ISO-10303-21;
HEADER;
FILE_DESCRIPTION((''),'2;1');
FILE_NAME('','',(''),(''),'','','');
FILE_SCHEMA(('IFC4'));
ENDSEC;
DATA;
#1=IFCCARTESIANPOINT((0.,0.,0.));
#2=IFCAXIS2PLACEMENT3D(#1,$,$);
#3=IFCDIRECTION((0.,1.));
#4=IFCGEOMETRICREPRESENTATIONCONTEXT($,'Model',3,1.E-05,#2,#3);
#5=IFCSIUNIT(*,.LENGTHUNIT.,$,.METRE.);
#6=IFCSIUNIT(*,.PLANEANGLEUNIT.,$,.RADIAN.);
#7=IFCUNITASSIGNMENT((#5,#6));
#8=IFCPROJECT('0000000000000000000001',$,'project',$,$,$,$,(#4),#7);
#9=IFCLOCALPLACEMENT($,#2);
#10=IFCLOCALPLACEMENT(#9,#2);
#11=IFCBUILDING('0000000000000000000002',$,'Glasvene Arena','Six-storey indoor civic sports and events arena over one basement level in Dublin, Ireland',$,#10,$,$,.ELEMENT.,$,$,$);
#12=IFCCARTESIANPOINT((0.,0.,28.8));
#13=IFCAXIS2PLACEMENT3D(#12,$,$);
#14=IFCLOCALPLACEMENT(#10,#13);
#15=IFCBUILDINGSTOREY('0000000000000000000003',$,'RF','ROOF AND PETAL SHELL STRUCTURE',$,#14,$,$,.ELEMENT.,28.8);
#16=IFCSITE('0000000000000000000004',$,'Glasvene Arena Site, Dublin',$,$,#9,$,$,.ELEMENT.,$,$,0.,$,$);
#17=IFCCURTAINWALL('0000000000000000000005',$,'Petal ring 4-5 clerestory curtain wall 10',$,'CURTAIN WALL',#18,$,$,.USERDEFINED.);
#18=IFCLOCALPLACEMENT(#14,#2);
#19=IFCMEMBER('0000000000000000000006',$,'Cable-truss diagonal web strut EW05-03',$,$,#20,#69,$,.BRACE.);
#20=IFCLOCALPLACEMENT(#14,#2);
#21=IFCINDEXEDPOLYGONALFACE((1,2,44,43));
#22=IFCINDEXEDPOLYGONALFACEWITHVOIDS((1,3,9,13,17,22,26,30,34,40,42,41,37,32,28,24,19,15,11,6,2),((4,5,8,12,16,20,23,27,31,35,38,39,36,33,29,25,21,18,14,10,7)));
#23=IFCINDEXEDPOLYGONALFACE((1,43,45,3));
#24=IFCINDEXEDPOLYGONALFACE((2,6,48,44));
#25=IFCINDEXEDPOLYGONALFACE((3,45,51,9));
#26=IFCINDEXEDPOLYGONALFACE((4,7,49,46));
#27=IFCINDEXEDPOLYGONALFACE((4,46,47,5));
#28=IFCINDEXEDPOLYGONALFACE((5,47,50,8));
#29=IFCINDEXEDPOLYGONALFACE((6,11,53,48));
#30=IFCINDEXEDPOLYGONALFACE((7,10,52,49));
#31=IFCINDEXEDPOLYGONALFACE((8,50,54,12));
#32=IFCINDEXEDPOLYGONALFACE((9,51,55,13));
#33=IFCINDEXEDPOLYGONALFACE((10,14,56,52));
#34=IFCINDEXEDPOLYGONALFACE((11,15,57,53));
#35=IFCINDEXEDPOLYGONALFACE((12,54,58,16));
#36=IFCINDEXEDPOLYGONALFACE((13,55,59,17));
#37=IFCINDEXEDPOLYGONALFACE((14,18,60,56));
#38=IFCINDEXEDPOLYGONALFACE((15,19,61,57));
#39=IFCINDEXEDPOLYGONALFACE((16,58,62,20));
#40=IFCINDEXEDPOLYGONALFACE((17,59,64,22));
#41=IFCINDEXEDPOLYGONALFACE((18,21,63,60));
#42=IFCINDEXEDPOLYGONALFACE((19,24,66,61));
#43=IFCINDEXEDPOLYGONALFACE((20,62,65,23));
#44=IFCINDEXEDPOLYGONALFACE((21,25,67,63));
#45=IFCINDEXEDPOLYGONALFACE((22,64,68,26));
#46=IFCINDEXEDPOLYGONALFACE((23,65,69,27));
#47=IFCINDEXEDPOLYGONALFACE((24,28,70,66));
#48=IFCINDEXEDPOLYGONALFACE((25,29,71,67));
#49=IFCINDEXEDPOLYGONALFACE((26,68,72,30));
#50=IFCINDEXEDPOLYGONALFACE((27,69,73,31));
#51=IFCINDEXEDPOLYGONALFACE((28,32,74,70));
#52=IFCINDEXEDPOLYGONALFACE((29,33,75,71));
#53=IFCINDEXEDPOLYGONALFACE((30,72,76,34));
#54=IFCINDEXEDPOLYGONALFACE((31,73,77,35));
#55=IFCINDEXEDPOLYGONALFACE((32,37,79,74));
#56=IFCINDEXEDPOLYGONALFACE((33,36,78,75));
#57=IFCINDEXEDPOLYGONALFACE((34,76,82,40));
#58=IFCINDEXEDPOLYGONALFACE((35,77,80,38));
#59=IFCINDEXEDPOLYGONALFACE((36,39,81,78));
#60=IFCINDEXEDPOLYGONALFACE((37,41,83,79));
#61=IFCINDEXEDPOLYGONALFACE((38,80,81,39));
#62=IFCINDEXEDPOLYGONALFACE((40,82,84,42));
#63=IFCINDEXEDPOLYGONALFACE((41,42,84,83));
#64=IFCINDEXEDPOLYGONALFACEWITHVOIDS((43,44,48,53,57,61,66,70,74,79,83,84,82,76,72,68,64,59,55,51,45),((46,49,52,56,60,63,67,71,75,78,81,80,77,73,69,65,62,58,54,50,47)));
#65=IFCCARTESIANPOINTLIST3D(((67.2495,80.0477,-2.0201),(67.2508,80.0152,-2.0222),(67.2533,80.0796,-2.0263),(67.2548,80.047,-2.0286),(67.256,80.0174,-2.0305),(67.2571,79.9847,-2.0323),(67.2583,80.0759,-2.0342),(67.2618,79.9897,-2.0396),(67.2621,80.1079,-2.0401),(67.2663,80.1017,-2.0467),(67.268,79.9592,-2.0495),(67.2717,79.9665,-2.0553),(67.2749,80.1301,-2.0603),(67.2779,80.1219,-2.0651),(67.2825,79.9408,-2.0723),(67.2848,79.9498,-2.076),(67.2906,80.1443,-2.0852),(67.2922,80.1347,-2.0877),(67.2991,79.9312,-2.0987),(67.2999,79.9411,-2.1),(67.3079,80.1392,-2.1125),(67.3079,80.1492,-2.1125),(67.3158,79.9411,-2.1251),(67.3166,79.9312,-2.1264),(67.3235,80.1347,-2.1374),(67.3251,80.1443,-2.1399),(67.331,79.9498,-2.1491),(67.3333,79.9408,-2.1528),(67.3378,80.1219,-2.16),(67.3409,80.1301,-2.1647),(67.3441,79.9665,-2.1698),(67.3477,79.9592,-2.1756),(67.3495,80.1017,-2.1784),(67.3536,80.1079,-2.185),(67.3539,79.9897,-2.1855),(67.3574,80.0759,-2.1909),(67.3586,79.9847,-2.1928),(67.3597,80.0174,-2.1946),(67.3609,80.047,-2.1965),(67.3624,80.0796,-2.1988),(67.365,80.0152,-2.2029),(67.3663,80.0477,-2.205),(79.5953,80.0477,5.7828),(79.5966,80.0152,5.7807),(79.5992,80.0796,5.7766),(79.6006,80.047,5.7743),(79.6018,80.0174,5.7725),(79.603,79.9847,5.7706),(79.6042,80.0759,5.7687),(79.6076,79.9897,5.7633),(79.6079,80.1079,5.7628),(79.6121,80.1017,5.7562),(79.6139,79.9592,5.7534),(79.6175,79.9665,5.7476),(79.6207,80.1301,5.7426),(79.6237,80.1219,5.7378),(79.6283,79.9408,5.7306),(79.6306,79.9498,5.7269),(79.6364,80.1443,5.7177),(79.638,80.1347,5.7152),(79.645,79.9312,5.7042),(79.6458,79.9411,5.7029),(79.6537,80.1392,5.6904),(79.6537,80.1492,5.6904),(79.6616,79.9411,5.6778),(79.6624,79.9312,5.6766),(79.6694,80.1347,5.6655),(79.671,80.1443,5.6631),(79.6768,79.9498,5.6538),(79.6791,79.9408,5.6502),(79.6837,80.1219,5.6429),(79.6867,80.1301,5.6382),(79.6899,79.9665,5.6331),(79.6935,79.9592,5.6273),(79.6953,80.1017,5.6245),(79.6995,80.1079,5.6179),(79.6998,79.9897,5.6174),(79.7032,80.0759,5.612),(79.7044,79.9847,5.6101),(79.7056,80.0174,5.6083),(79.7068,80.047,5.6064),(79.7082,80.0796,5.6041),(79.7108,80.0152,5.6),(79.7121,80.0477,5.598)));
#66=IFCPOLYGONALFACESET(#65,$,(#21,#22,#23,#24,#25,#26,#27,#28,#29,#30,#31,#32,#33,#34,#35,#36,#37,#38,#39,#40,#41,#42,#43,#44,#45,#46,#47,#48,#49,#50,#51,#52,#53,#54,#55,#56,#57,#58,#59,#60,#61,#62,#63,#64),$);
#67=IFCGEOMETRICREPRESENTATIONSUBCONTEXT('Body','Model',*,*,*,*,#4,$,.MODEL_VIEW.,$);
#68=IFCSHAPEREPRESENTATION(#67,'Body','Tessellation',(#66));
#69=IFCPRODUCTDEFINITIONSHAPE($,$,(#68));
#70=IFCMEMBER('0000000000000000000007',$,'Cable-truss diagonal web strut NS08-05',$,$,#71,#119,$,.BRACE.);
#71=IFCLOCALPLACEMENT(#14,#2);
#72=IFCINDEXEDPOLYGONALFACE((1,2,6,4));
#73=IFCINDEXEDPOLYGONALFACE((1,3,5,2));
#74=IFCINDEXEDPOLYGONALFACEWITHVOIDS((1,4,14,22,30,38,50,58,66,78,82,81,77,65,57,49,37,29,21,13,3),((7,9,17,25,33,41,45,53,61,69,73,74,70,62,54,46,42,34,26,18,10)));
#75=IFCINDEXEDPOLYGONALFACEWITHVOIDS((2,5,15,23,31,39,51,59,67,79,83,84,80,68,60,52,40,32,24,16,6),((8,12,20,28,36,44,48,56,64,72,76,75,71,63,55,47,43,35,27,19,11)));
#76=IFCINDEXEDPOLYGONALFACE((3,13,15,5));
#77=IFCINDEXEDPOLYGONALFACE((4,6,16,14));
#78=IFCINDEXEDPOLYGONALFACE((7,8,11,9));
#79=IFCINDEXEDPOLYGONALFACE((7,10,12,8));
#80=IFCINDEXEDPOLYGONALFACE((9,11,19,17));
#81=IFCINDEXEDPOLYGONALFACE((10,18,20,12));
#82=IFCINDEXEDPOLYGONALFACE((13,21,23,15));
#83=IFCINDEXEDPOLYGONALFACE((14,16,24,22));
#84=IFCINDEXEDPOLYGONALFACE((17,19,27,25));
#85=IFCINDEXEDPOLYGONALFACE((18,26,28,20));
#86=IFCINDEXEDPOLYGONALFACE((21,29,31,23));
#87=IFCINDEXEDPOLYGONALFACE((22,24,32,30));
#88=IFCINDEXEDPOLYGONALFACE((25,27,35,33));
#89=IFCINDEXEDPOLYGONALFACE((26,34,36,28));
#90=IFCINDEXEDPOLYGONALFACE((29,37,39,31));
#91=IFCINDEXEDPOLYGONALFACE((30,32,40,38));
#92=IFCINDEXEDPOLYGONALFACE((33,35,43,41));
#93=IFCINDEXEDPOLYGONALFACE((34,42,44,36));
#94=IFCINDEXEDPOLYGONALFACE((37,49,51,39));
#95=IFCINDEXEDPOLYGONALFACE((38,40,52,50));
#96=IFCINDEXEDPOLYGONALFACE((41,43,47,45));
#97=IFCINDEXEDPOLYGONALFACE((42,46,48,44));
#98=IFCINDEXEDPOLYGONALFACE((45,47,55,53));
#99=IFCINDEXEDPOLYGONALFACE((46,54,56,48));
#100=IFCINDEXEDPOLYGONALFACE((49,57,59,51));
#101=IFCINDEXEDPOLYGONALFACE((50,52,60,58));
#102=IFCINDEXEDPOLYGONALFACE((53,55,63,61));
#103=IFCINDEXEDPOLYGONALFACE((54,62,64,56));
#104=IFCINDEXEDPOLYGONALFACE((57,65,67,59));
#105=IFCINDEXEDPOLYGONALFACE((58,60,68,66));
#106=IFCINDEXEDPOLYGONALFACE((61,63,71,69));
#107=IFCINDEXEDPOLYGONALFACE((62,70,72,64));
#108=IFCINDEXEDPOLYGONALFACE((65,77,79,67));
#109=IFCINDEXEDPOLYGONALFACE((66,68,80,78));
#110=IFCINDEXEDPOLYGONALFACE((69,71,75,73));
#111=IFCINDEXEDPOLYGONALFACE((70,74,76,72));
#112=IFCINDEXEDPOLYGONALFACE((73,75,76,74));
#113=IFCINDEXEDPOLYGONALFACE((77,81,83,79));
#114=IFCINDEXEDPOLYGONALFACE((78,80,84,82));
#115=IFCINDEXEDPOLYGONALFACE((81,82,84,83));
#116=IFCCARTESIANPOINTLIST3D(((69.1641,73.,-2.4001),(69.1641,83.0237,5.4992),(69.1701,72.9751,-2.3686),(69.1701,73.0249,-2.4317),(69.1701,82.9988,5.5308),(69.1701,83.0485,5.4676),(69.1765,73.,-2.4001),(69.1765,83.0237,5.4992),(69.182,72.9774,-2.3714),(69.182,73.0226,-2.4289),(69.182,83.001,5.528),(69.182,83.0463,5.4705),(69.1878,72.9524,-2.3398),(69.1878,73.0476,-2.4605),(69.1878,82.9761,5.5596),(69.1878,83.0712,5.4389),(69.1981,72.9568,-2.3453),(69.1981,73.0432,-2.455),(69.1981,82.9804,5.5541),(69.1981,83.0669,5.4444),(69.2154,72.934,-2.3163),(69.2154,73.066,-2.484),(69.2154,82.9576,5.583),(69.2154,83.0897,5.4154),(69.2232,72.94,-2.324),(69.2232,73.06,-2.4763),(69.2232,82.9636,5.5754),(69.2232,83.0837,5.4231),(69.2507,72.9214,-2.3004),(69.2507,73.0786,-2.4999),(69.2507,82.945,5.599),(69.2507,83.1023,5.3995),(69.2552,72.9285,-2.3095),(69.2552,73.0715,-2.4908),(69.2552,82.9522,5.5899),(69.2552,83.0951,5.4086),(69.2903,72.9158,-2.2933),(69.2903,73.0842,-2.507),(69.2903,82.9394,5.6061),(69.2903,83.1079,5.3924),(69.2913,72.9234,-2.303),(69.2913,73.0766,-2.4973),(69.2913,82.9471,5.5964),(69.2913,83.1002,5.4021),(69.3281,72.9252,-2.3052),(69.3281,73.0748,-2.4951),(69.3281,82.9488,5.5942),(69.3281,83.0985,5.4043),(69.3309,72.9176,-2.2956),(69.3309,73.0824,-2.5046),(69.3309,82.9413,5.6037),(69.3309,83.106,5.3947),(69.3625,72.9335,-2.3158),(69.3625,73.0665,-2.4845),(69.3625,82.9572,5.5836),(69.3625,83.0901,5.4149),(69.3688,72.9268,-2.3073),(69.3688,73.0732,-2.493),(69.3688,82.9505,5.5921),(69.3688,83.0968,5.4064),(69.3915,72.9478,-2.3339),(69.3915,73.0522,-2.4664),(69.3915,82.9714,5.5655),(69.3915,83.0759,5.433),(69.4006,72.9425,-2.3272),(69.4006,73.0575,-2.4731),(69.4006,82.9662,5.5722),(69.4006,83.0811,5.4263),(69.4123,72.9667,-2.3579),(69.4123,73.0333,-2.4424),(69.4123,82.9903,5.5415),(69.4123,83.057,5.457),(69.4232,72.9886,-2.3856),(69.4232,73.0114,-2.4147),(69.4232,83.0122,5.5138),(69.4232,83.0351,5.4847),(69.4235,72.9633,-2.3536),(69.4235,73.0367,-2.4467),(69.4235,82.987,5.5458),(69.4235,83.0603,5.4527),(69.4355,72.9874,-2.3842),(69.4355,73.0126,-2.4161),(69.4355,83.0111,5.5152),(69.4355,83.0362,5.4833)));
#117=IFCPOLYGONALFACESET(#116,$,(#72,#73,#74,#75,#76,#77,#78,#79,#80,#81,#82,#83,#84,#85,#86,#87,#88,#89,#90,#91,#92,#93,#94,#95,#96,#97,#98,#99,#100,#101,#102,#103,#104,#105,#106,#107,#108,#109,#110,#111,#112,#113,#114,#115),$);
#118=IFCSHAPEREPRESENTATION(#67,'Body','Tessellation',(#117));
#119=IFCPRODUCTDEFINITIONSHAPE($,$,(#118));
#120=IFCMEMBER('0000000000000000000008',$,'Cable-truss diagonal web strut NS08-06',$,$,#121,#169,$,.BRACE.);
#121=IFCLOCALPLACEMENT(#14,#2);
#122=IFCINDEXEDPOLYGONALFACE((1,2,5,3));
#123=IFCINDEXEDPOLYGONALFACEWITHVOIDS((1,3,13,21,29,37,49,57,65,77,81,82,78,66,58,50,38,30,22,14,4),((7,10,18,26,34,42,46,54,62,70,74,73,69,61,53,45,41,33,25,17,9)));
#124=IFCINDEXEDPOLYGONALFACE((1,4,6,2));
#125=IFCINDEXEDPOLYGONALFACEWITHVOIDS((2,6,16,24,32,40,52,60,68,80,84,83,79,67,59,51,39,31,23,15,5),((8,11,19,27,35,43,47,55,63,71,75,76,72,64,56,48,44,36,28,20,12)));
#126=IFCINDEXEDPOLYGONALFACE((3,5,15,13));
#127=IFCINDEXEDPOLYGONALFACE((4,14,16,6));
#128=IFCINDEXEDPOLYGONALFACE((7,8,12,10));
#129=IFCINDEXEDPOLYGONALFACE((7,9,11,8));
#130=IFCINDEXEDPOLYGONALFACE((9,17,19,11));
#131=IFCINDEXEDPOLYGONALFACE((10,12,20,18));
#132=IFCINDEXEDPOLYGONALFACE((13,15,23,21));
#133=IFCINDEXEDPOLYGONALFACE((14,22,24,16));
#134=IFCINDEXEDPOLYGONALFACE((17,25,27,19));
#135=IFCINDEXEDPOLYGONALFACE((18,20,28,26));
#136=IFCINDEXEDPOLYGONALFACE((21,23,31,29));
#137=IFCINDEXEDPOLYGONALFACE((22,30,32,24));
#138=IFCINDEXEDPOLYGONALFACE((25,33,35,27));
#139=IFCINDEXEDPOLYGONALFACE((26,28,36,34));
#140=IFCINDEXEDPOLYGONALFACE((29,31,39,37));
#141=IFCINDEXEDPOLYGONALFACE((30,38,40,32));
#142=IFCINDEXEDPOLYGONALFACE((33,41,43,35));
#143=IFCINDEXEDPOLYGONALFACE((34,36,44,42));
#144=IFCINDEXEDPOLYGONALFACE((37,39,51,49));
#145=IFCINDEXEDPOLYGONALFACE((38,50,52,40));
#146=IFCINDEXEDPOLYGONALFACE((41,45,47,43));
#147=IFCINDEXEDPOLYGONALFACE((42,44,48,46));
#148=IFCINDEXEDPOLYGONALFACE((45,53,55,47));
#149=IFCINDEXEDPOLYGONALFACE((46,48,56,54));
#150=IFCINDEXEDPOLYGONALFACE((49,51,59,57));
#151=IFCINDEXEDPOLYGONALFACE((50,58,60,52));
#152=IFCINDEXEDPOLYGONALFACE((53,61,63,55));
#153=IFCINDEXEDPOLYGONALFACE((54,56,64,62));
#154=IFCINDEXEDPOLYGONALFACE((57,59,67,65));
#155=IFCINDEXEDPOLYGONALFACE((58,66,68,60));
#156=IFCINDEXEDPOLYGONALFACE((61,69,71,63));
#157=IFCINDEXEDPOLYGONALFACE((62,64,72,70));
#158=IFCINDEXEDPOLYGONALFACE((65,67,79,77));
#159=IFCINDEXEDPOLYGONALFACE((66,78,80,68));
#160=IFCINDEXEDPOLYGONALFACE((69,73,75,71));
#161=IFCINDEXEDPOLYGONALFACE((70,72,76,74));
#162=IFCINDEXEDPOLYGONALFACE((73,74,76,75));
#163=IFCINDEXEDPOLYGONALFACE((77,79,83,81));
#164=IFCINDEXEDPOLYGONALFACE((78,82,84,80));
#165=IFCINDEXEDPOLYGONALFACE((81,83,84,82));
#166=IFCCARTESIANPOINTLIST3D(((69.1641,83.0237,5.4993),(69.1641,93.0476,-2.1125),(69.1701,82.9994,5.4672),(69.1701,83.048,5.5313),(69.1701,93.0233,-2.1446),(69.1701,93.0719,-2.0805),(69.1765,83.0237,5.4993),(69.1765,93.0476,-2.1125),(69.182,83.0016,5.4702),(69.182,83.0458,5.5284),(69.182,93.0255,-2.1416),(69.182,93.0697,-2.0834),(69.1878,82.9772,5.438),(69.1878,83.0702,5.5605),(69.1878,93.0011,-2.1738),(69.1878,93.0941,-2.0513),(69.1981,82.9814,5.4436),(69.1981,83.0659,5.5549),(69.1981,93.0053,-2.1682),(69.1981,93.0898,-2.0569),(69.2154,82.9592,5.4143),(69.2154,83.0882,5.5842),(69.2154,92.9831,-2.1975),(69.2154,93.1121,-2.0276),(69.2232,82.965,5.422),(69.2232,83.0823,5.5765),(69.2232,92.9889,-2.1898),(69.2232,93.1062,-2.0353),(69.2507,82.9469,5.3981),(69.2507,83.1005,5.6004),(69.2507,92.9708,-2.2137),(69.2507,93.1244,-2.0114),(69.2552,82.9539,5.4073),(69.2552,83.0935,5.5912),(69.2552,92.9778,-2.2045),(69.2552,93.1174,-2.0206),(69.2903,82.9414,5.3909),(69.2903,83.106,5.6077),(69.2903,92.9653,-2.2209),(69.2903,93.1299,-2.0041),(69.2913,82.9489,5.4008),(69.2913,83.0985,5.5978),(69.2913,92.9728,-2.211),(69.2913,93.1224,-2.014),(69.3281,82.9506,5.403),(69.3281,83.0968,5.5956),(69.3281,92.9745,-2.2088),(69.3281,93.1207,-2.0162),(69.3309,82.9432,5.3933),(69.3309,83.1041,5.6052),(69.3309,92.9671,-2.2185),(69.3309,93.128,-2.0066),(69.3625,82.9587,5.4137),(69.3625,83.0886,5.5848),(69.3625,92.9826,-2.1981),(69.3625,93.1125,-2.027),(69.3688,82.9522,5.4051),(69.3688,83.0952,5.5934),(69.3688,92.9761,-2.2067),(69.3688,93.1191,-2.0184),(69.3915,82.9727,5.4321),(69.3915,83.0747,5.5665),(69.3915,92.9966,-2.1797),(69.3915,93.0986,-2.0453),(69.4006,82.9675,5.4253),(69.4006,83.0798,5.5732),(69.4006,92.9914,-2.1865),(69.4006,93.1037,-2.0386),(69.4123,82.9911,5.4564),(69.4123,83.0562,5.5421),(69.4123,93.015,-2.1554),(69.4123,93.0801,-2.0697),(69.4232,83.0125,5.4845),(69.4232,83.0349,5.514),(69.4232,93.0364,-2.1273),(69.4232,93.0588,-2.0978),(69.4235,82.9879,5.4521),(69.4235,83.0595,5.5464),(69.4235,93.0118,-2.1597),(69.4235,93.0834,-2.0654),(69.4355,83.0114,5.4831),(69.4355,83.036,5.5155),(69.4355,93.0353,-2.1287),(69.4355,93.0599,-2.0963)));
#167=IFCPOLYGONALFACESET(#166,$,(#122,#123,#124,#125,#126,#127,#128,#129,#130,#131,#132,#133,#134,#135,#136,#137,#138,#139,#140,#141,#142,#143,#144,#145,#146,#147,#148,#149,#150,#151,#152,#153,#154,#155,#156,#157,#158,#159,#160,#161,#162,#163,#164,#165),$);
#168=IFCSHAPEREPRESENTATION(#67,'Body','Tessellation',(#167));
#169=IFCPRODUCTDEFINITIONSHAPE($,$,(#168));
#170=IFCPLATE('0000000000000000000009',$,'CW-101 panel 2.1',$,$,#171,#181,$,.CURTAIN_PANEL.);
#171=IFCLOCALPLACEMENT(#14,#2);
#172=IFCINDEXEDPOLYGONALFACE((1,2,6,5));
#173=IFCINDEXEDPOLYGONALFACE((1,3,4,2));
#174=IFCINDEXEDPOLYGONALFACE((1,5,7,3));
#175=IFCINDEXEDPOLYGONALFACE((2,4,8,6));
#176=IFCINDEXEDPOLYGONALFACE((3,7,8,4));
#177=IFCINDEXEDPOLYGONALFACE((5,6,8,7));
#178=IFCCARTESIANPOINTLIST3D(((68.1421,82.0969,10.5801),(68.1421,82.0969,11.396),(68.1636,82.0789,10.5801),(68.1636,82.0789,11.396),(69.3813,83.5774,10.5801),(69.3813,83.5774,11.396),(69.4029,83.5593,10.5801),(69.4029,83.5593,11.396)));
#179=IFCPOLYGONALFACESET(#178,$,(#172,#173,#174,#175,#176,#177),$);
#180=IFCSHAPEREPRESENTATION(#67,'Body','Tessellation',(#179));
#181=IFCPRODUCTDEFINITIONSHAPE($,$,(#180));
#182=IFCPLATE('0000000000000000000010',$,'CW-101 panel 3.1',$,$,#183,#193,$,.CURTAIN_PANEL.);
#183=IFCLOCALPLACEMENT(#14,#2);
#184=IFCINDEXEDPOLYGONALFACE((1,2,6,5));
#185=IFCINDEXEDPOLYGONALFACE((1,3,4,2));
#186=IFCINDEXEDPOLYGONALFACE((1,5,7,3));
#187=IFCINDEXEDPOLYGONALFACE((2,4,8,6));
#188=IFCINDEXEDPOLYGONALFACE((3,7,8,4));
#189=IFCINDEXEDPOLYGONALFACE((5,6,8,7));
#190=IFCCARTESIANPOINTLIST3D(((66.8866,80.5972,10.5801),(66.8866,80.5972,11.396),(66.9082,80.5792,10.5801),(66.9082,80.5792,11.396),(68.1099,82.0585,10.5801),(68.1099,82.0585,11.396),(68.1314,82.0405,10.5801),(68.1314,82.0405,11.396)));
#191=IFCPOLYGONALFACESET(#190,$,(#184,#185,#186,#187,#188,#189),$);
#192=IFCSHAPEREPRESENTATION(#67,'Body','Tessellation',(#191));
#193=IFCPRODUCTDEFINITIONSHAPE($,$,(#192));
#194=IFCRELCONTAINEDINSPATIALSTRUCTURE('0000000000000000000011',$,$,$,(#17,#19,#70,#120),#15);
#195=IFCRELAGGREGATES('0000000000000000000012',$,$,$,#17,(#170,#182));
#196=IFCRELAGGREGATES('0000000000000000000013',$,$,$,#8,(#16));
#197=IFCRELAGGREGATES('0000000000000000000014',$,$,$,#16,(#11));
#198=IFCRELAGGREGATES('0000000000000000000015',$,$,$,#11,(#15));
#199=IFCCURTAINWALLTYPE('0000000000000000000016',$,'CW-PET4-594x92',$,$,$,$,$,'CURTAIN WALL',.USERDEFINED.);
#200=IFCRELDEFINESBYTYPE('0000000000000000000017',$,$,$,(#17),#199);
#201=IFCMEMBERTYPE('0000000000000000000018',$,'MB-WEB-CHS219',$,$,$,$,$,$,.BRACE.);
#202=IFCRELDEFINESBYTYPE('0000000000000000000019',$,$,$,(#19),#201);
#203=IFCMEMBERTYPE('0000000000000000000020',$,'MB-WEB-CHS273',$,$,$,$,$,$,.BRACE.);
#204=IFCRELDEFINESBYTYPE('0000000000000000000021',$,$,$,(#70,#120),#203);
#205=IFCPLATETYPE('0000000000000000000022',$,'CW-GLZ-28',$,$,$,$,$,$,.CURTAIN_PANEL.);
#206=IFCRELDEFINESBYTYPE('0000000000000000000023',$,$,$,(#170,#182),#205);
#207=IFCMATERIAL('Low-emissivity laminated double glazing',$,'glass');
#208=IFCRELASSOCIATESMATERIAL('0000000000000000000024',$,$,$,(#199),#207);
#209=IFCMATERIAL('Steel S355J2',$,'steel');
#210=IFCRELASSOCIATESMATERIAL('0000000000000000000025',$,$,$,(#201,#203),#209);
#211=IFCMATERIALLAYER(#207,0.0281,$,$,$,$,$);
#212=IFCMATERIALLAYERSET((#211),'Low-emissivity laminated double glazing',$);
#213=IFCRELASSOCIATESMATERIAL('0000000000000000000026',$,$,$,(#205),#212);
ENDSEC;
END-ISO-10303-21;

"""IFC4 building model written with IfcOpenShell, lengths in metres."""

from ifc_helpers import new_model, si_unit, direction, frame, origin, origin_2d, place, context, subcontext, project, spatial, rectangle, hollow_circle, extrude, material, layer, layer_set, material_profile, profile_set, type_object, element, aggregate, save


model = new_model("IFC4")

# Units and contexts
model_context = context("Model", 3, precision=1e-05, world=origin(), true_north=direction((0.0, 1.0)))
body_context = subcontext(model_context, "Body", "Model", "MODEL_VIEW")
ifc_project = project(units=[si_unit("LENGTHUNIT", "METRE"), si_unit("PLANEANGLEUNIT", "RADIAN")], contexts=[model_context])

# Site, building, storey
site_placement = place(None, origin())
site = spatial("IfcSite", under=ifc_project, at=site_placement, Name="Glasvene Arena Site, Dublin", CompositionType="ELEMENT", RefElevation=0.0)
building_placement = place(site_placement, origin())
building = spatial("IfcBuilding", under=site, at=building_placement, Name="Glasvene Arena", Description="Six-storey indoor civic sports and events arena over one basement level in Dublin, Ireland", CompositionType="ELEMENT")
storey_placement = place(building_placement, frame((0.0, 0.0, 28.8)))
storey = spatial("IfcBuildingStorey", under=building, at=storey_placement, Name="RF", Description="ROOF AND PETAL SHELL STRUCTURE", CompositionType="ELEMENT", Elevation=28.8)

# Curtain wall
ifc_material_1 = material(Name="Low-emissivity laminated double glazing", Category="glass")
curtain_wall_type_1 = type_object("IfcCurtainWallType", Name="CW-PET4-594x92", ElementType="CURTAIN WALL", PredefinedType="USERDEFINED", material=ifc_material_1)
curtain_wall_1_placement = place(storey_placement, frame((70.6794, 85.1062, 0.0)))
curtain_wall_1 = element("IfcCurtainWall", 1, at=curtain_wall_1_placement, inside=storey, type_object=curtain_wall_type_1, Name="Petal ring 4-5 clerestory curtain wall 10", ObjectType="CURTAIN WALL", PredefinedType="USERDEFINED")

# Members
ifc_material_2 = material(Name="Steel S355J2", Category="steel")
ifc_material_profile_1 = material_profile(ifc_material_2, hollow_circle(Radius=0.1096, WallThickness=0.01, at=origin_2d()), Name="CHS 219.1x10.0")
ifc_profile_set_1 = profile_set([ifc_material_profile_1], Name="Steel S355J2")
member_type_1 = type_object("IfcMemberType", Name="MB-WEB-CHS219", PredefinedType="BRACE", material=ifc_profile_set_1)
member_1_placement = place(storey_placement, frame((67.3079, 80.0396, -2.1125), z_axis=(0.845318, 0.0, 0.534264), x_axis=(0.0, 1.0, 0.0)))
element("IfcMember", 2, at=member_1_placement, inside=storey, type_object=member_type_1, Name="Cable-truss diagonal web strut EW05-03", PredefinedType="BRACE", context=body_context, shape_type="SweptSolid", body=[
    extrude(hollow_circle(Radius=0.1096, WallThickness=0.01, at=origin_2d()), origin(), (0.0, 0.0, 1.0), 14.605),
])
ifc_material_profile_2 = material_profile(ifc_material_2, hollow_circle(Radius=0.1365, WallThickness=0.0125, at=origin_2d()), Name="CHS 273.0x12.5")
ifc_profile_set_2 = profile_set([ifc_material_profile_2], Name="Steel S355J2")
member_type_2 = type_object("IfcMemberType", Name="MB-WEB-CHS273", PredefinedType="BRACE", material=ifc_profile_set_2)
member_2_placement = place(storey_placement, frame((69.3005, 73.0, -2.4001), z_axis=(0.0, 0.785417, 0.618967), x_axis=(-1.0, 0.0, 0.0)))
element("IfcMember", 3, at=member_2_placement, inside=storey, type_object=member_type_2, Name="Cable-truss diagonal web strut NS08-05", PredefinedType="BRACE", context=body_context, shape_type="SweptSolid", body=[
    extrude(hollow_circle(Radius=0.1365, WallThickness=0.0125, at=origin_2d()), origin(), (0.0, 0.0, 1.0), 12.7622),
])
member_3_placement = place(storey_placement, frame((69.3005, 83.0237, 5.4993), z_axis=(0.0, 0.796406, -0.604763), x_axis=(-1.0, 0.0, 0.0)))
element("IfcMember", 4, at=member_3_placement, inside=storey, type_object=member_type_2, Name="Cable-truss diagonal web strut NS08-06", PredefinedType="BRACE", context=body_context, shape_type="SweptSolid", body=[
    extrude(hollow_circle(Radius=0.1365, WallThickness=0.0125, at=origin_2d()), origin(), (0.0, 0.0, 1.0), 12.5864),
])

# Plates
ifc_layer_1 = layer(ifc_material_1, 0.0281)
ifc_layer_set_1 = layer_set([ifc_layer_1], Name="Low-emissivity laminated double glazing")
plate_type_1 = type_object("IfcPlateType", Name="CW-GLZ-28", PredefinedType="CURTAIN_PANEL", material=ifc_layer_set_1)
plate_1_placement = place(storey_placement, frame((68.7725, 82.8281, 10.5801), z_axis=(0.0, 0.0, 1.0), x_axis=(-0.64188, -0.766805, 0.0)))
plate_1 = element("IfcPlate", 5, at=plate_1_placement, type_object=plate_type_1, Name="CW-101 panel 2.1", PredefinedType="CURTAIN_PANEL", context=body_context, shape_type="SweptSolid", body=[
    extrude(rectangle(XDim=1.9307, YDim=0.0281, at=origin_2d()), origin(), (0.0, 0.0, 1.0), 0.8159),
])
plate_2_placement = place(storey_placement, frame((67.509, 81.3188, 10.5801), z_axis=(0.0, 0.0, 1.0), x_axis=(-0.64188, -0.766805, 0.0)))
plate_2 = element("IfcPlate", 6, at=plate_2_placement, type_object=plate_type_1, Name="CW-101 panel 3.1", PredefinedType="CURTAIN_PANEL", context=body_context, shape_type="SweptSolid", body=[
    extrude(rectangle(XDim=1.9058, YDim=0.0281, at=origin_2d()), origin(), (0.0, 0.0, 1.0), 0.8159),
])
aggregate(curtain_wall_1, [plate_1, plate_2])

save(model, "model.ifc")
